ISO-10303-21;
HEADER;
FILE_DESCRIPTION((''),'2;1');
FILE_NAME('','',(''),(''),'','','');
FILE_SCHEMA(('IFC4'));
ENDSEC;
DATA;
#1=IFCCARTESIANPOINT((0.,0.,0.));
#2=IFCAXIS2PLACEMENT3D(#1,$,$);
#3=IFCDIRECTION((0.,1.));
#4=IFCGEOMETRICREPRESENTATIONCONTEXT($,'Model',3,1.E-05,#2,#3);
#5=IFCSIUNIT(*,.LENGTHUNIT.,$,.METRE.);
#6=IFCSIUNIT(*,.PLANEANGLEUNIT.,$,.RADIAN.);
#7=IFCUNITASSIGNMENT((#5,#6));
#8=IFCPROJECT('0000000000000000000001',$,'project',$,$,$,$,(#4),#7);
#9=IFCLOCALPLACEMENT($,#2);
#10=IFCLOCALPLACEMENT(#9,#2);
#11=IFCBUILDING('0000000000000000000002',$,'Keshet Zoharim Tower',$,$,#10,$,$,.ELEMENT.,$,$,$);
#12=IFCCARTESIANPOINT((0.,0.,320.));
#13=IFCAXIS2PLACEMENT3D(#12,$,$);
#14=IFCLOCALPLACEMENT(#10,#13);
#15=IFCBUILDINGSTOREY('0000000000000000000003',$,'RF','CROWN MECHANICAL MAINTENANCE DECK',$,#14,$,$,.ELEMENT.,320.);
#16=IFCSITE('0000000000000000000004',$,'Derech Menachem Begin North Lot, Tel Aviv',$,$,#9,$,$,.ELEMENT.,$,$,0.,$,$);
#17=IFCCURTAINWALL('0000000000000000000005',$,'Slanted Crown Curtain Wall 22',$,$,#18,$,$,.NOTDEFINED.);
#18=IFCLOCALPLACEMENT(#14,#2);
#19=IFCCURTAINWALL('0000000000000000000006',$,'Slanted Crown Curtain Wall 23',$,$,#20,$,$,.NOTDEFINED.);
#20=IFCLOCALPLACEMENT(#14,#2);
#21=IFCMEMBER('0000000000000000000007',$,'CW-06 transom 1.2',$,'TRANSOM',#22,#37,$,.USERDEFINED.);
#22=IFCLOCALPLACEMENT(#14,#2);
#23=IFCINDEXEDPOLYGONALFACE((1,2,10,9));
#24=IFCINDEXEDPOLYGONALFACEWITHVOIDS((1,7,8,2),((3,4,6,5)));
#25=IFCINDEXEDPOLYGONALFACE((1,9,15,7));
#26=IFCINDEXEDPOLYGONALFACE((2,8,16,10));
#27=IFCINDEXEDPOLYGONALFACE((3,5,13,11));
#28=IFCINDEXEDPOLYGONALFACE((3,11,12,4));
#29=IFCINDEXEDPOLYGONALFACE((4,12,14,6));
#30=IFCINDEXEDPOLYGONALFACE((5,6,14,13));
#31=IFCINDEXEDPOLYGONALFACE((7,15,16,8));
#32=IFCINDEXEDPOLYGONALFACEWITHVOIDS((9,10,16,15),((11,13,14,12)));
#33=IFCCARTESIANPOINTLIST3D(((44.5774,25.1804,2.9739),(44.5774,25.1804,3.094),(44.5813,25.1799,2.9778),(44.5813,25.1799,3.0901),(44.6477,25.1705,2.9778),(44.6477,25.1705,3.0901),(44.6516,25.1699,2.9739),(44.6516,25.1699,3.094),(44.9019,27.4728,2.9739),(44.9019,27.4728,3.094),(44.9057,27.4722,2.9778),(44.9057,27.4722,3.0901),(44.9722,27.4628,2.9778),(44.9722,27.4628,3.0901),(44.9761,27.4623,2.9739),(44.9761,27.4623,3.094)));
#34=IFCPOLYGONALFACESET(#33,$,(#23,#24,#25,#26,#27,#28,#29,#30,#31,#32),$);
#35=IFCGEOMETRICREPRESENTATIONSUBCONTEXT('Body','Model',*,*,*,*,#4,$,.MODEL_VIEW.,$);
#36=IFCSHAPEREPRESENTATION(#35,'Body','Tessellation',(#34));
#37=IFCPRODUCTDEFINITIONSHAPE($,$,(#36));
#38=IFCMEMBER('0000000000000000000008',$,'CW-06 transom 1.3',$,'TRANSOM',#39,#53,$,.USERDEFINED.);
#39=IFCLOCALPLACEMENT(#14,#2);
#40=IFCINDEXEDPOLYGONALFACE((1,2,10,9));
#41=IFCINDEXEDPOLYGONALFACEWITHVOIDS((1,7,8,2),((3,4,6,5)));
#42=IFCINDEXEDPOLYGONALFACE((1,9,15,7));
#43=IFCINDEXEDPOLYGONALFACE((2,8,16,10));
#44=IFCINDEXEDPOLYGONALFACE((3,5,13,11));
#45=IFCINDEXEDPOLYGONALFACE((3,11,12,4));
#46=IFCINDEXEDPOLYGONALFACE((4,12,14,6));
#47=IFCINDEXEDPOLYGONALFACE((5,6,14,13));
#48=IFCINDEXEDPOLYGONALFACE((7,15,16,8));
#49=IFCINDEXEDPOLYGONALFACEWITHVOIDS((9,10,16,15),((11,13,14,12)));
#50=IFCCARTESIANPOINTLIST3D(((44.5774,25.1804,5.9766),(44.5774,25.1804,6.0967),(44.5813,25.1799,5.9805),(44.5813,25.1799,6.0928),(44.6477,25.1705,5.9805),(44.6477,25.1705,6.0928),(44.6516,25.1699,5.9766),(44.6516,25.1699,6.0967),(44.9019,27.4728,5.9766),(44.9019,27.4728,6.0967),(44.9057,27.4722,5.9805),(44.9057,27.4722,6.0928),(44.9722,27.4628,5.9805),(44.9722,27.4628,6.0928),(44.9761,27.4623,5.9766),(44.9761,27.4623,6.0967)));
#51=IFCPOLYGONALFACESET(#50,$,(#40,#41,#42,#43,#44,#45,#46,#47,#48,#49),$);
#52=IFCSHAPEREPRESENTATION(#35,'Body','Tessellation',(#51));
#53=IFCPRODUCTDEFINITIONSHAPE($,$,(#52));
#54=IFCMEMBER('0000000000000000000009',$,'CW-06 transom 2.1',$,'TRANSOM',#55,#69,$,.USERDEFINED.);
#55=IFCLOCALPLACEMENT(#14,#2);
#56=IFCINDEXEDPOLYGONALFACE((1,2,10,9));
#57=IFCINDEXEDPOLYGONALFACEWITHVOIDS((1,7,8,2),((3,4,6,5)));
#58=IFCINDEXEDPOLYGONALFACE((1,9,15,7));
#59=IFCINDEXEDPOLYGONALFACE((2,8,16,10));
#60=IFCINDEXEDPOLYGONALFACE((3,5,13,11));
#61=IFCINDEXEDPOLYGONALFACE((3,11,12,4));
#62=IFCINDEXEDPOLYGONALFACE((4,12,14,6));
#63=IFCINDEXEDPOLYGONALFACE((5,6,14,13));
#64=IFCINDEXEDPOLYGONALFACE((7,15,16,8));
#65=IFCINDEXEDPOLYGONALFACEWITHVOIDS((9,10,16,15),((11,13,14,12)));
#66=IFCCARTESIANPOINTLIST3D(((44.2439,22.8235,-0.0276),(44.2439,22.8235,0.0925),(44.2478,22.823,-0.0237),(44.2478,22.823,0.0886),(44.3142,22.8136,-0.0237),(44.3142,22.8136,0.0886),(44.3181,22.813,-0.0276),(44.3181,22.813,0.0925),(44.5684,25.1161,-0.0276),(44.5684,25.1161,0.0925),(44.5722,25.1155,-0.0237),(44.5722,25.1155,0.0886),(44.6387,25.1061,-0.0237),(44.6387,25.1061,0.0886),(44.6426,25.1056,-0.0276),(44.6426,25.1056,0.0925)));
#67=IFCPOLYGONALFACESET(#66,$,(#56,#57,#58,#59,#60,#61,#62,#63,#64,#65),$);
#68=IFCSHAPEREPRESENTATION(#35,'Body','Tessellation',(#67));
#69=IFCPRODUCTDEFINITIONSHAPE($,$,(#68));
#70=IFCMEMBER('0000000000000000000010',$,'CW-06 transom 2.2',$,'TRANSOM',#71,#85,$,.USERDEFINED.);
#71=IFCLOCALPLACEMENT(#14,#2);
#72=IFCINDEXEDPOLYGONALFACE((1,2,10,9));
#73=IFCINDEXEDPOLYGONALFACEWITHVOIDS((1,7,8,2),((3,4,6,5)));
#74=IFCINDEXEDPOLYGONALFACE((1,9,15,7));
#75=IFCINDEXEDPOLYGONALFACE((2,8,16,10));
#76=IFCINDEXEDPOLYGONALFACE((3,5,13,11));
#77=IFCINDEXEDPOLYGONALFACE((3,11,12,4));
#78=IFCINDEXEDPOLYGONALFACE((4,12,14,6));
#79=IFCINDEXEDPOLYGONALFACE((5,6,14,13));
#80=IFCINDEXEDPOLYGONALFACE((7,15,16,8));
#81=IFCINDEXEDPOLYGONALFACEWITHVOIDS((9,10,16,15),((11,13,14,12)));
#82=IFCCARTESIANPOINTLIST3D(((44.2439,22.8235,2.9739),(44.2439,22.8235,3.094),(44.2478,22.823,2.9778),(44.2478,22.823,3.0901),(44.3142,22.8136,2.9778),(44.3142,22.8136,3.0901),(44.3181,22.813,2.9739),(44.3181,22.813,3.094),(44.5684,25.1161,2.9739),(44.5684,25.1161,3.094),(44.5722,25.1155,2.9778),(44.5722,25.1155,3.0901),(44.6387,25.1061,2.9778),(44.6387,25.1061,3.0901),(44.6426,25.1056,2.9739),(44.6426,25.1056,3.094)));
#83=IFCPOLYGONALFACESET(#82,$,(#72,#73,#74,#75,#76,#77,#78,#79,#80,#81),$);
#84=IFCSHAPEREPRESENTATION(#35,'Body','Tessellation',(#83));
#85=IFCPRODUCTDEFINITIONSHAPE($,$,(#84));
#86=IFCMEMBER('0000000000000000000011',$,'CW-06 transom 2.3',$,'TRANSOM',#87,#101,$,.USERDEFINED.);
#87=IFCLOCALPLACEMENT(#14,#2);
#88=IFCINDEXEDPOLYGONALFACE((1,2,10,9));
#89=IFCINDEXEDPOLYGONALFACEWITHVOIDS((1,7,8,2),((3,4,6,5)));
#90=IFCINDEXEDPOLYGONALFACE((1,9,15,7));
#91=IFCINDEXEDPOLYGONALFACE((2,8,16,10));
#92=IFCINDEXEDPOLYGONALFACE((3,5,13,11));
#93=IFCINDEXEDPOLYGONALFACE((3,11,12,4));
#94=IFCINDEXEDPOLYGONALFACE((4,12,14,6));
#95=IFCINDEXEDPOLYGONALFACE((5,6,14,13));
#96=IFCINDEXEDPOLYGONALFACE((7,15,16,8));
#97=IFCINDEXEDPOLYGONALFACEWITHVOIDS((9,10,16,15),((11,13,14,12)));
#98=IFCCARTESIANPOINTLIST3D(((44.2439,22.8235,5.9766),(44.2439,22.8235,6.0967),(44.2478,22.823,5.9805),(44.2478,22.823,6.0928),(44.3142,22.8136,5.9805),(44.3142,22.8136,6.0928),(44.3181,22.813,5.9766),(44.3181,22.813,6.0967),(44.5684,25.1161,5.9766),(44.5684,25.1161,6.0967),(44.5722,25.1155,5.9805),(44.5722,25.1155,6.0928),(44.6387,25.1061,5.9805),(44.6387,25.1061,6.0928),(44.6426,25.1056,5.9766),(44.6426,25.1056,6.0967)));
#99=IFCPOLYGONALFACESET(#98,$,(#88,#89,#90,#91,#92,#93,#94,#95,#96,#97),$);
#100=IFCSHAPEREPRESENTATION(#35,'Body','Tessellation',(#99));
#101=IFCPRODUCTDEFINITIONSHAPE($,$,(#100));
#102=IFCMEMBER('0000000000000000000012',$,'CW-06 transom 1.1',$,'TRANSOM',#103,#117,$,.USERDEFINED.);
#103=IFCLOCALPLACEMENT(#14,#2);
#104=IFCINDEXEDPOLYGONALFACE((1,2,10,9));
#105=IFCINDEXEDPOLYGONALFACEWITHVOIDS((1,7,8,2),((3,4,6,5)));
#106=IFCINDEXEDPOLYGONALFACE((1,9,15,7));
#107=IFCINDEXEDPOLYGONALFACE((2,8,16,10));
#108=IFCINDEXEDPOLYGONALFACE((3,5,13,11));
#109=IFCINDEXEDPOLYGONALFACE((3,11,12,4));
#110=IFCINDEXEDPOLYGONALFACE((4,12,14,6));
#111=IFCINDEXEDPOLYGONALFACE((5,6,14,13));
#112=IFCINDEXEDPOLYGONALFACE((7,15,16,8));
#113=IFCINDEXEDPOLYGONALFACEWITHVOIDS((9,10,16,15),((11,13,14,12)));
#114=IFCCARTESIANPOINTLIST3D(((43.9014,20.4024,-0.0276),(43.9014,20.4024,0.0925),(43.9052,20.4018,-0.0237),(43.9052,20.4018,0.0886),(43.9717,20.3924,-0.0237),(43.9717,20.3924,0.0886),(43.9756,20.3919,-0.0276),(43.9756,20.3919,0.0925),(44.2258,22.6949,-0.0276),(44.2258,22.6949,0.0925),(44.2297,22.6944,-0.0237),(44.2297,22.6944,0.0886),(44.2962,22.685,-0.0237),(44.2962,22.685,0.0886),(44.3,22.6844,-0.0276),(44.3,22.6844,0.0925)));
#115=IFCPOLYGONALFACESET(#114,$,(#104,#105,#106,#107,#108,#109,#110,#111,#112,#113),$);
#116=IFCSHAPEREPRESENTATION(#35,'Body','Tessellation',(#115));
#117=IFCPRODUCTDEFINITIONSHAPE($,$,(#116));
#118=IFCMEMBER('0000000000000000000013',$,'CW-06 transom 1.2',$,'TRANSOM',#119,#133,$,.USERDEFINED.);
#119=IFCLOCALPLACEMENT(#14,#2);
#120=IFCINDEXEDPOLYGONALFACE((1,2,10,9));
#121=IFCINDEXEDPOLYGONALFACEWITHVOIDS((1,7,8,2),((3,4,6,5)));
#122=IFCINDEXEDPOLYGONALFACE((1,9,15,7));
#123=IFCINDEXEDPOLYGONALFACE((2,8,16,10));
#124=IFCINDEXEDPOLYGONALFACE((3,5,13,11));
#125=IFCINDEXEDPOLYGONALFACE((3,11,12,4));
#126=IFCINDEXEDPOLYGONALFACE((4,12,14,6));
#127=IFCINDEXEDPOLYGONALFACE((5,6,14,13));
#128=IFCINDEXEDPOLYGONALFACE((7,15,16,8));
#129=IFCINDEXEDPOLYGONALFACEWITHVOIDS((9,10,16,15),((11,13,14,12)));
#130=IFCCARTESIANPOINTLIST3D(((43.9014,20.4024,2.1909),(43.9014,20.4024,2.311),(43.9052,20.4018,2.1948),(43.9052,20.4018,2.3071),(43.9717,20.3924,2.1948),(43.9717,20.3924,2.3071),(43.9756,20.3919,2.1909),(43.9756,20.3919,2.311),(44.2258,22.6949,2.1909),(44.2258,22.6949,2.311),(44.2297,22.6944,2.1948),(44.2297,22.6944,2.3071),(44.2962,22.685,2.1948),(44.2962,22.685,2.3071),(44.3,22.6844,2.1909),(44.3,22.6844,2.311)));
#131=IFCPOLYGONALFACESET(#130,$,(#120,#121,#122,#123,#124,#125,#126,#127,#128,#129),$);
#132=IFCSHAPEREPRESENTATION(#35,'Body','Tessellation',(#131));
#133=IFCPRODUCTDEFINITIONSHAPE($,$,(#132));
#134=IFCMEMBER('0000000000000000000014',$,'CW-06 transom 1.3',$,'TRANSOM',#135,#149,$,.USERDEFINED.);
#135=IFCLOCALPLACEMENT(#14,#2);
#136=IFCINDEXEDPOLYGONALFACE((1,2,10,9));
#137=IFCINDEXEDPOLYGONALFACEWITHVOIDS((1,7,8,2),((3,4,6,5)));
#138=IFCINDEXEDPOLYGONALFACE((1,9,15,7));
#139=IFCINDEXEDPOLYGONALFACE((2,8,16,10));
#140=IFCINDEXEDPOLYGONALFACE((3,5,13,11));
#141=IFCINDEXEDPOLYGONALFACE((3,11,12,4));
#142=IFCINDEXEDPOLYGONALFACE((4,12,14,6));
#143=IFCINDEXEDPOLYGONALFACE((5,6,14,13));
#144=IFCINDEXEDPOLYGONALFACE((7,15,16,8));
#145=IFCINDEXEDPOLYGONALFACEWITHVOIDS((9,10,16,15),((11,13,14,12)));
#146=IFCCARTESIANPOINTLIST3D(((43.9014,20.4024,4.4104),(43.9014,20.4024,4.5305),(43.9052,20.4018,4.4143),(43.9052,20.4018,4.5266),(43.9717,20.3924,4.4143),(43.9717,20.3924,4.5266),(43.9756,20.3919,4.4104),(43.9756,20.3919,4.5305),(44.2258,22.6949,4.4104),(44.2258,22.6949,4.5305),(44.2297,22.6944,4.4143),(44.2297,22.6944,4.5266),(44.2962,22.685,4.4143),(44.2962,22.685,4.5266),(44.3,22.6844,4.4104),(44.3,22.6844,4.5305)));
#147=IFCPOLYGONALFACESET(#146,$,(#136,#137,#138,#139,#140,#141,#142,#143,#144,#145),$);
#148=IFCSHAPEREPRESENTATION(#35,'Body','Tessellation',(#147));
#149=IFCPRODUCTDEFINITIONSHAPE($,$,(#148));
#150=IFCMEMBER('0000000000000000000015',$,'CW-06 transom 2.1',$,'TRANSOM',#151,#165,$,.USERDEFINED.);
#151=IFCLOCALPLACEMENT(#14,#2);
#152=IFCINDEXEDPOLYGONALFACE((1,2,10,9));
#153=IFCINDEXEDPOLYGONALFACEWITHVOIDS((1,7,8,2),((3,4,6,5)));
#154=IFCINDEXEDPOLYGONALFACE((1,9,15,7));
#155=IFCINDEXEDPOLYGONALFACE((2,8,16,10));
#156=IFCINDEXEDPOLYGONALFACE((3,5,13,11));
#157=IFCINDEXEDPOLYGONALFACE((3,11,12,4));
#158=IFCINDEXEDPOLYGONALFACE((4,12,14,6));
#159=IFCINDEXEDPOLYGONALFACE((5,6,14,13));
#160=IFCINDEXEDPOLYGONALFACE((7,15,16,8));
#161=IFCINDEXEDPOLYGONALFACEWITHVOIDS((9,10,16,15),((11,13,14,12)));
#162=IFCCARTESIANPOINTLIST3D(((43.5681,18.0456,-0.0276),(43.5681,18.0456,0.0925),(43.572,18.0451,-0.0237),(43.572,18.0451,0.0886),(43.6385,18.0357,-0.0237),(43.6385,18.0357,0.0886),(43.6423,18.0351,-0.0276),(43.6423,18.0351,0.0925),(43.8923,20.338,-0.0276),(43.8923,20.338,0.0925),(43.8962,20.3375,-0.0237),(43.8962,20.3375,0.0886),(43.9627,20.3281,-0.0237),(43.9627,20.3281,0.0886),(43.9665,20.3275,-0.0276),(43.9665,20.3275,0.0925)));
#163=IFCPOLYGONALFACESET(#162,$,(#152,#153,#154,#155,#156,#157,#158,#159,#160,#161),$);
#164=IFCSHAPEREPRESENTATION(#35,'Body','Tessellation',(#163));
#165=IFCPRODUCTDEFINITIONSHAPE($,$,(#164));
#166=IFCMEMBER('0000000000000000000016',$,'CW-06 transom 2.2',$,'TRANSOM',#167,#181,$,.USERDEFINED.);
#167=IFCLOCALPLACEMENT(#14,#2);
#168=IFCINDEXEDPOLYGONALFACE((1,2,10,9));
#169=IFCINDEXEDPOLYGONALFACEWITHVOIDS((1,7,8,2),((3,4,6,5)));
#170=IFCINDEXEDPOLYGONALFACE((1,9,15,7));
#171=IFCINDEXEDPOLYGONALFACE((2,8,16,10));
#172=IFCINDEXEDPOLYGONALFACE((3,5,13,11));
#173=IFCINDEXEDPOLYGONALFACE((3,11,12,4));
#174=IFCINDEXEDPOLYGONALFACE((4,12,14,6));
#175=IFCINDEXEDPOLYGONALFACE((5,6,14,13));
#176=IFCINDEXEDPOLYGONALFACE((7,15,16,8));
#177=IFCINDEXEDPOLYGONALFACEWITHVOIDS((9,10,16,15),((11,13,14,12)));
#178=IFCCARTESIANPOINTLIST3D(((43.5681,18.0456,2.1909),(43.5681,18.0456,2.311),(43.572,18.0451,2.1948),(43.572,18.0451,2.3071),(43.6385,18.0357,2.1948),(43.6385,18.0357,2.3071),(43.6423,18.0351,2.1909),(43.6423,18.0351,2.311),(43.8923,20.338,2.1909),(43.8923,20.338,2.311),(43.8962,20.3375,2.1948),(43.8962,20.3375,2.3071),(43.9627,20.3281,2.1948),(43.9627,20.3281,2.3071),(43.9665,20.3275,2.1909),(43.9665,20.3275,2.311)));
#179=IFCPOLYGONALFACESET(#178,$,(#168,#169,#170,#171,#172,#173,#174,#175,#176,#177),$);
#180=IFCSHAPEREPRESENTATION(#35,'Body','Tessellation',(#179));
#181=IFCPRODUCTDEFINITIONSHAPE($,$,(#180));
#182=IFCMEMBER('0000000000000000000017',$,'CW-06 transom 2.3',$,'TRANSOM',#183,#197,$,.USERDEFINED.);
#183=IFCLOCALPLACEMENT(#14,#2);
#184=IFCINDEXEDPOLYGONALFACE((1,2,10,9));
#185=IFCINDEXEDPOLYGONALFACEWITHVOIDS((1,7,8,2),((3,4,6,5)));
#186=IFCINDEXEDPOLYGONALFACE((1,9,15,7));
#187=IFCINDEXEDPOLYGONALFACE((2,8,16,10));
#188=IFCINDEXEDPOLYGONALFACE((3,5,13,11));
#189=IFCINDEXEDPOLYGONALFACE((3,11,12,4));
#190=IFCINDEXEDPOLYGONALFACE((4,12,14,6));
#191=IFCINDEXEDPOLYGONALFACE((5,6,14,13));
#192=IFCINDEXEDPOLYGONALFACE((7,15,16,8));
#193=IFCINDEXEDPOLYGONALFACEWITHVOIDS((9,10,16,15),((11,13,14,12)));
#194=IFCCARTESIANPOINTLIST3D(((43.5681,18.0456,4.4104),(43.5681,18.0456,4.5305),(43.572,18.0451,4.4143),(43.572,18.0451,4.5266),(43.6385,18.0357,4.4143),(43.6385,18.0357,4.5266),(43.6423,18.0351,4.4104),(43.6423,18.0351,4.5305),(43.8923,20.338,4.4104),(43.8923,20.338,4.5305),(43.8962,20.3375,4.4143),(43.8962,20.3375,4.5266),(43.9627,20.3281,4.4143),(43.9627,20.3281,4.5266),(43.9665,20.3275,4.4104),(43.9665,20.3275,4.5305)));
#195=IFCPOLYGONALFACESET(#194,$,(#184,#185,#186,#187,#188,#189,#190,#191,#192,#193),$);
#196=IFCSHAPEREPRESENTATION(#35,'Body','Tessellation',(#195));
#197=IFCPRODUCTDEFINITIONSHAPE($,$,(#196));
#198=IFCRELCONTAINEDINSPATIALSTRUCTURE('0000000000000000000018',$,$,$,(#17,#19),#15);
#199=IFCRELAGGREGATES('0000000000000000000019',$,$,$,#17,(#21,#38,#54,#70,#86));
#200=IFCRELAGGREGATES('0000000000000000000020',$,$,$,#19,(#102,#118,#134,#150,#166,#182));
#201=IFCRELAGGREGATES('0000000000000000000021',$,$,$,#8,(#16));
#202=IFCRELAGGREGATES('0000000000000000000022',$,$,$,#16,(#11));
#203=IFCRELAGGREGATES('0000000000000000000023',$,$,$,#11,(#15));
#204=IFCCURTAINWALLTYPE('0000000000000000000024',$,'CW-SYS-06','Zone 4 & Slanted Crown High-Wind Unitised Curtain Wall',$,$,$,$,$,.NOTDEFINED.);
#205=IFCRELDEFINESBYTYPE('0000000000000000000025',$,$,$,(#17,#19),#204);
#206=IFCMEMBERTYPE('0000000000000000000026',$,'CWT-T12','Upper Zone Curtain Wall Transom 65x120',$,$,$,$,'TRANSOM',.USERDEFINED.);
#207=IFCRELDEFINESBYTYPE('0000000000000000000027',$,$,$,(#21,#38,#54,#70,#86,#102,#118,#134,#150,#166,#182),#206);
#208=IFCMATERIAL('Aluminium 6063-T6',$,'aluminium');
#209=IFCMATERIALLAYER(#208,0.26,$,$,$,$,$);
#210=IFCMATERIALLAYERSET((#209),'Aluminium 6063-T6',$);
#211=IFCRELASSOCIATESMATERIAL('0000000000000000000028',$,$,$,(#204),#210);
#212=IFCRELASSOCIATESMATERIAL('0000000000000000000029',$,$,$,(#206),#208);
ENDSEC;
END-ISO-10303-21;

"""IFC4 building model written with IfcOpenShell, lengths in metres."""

from ifc_helpers import new_model, si_unit, direction, frame, origin, origin_2d, place, context, subcontext, project, spatial, hollow_rectangle, extrude, material, layer, layer_set, material_profile, profile_set, type_object, element, aggregate, save


model = new_model("IFC4")

# Units and contexts
model_context = context("Model", 3, precision=1e-05, world=origin(), true_north=direction((0.0, 1.0)))
body_context = subcontext(model_context, "Body", "Model", "MODEL_VIEW")
ifc_project = project(units=[si_unit("LENGTHUNIT", "METRE"), si_unit("PLANEANGLEUNIT", "RADIAN")], contexts=[model_context])

# Site, building, storey
site_placement = place(None, origin())
site = spatial("IfcSite", under=ifc_project, at=site_placement, Name="Derech Menachem Begin North Lot, Tel Aviv", CompositionType="ELEMENT", RefElevation=0.0)
building_placement = place(site_placement, origin())
building = spatial("IfcBuilding", under=site, at=building_placement, Name="Keshet Zoharim Tower", CompositionType="ELEMENT")
storey_placement = place(building_placement, frame((0.0, 0.0, 320.0)))
storey = spatial("IfcBuildingStorey", under=building, at=storey_placement, Name="RF", Description="CROWN MECHANICAL MAINTENANCE DECK", CompositionType="ELEMENT", Elevation=320.0)

# Curtain walls
ifc_material_1 = material(Name="Aluminium 6063-T6", Category="aluminium")
ifc_layer_1 = layer(ifc_material_1, 0.26)
ifc_layer_set_1 = layer_set([ifc_layer_1], Name="Aluminium 6063-T6")
curtain_wall_type = type_object("IfcCurtainWallType", Name="CW-SYS-06", Description="Zone 4 & Slanted Crown High-Wind Unitised Curtain Wall", PredefinedType="NOTDEFINED", material=ifc_layer_set_1)
curtain_wall_1_placement = place(storey_placement, origin())
curtain_wall_1 = element("IfcCurtainWall", 1, at=curtain_wall_1_placement, inside=storey, type_object=curtain_wall_type, Name="Slanted Crown Curtain Wall 22", PredefinedType="NOTDEFINED")
curtain_wall_2_placement = place(storey_placement, origin())
curtain_wall_2 = element("IfcCurtainWall", 2, at=curtain_wall_2_placement, inside=storey, type_object=curtain_wall_type, Name="Slanted Crown Curtain Wall 23", PredefinedType="NOTDEFINED")

# Members
ifc_material_profile_1 = material_profile(ifc_material_1, hollow_rectangle(XDim=0.075, YDim=0.1201, WallThickness=0.0039, at=origin_2d()), Name="TRN-75x120")
ifc_profile_set_1 = profile_set([ifc_material_profile_1], Name="Aluminium 6063-T6")
member_type_1 = type_object("IfcMemberType", Name="CWT-T12", Description="Upper Zone Curtain Wall Transom 65x120", ElementType="TRANSOM", PredefinedType="USERDEFINED", material=ifc_profile_set_1)
member_1_placement = place(storey_placement, frame((44.939, 27.4675, 3.0339), z_axis=(-0.140152, -0.99013, 0.0), x_axis=(0.99013, -0.140152, 0.0)))
member_1 = element("IfcMember", 3, at=member_1_placement, type_object=member_type_1, Name="CW-06 transom 1.2", ObjectType="TRANSOM", PredefinedType="USERDEFINED", context=body_context, shape_type="SweptSolid", body=[
    extrude(hollow_rectangle(XDim=0.075, YDim=0.1201, WallThickness=0.0039, at=origin_2d()), origin(), (0.0, 0.0, 1.0), 2.3152),
])
member_2_placement = place(storey_placement, frame((44.939, 27.4675, 6.0366), z_axis=(-0.140152, -0.99013, 0.0), x_axis=(0.99013, -0.140152, 0.0)))
member_2 = element("IfcMember", 4, at=member_2_placement, type_object=member_type_1, Name="CW-06 transom 1.3", ObjectType="TRANSOM", PredefinedType="USERDEFINED", context=body_context, shape_type="SweptSolid", body=[
    extrude(hollow_rectangle(XDim=0.075, YDim=0.1201, WallThickness=0.0039, at=origin_2d()), origin(), (0.0, 0.0, 1.0), 2.3152),
])
member_3_placement = place(storey_placement, frame((44.6055, 25.1108, 0.0325), z_axis=(-0.140137, -0.990132, 0.0), x_axis=(0.990132, -0.140137, 0.0)))
member_3 = element("IfcMember", 5, at=member_3_placement, type_object=member_type_1, Name="CW-06 transom 2.1", ObjectType="TRANSOM", PredefinedType="USERDEFINED", context=body_context, shape_type="SweptSolid", body=[
    extrude(hollow_rectangle(XDim=0.075, YDim=0.1201, WallThickness=0.0039, at=origin_2d()), origin(), (0.0, 0.0, 1.0), 2.3154),
])
member_4_placement = place(storey_placement, frame((44.6055, 25.1108, 3.0339), z_axis=(-0.140137, -0.990132, 0.0), x_axis=(0.990132, -0.140137, 0.0)))
member_4 = element("IfcMember", 6, at=member_4_placement, type_object=member_type_1, Name="CW-06 transom 2.2", ObjectType="TRANSOM", PredefinedType="USERDEFINED", context=body_context, shape_type="SweptSolid", body=[
    extrude(hollow_rectangle(XDim=0.075, YDim=0.1201, WallThickness=0.0039, at=origin_2d()), origin(), (0.0, 0.0, 1.0), 2.3154),
])
member_5_placement = place(storey_placement, frame((44.6055, 25.1108, 6.0366), z_axis=(-0.140137, -0.990132, 0.0), x_axis=(0.990132, -0.140137, 0.0)))
member_5 = element("IfcMember", 7, at=member_5_placement, type_object=member_type_1, Name="CW-06 transom 2.3", ObjectType="TRANSOM", PredefinedType="USERDEFINED", context=body_context, shape_type="SweptSolid", body=[
    extrude(hollow_rectangle(XDim=0.075, YDim=0.1201, WallThickness=0.0039, at=origin_2d()), origin(), (0.0, 0.0, 1.0), 2.3154),
])
member_6_placement = place(storey_placement, frame((44.2629, 22.6897, 0.0325), z_axis=(-0.140137, -0.990132, 0.0), x_axis=(0.990132, -0.140137, 0.0)))
member_6 = element("IfcMember", 8, at=member_6_placement, type_object=member_type_1, Name="CW-06 transom 1.1", ObjectType="TRANSOM", PredefinedType="USERDEFINED", context=body_context, shape_type="SweptSolid", body=[
    extrude(hollow_rectangle(XDim=0.075, YDim=0.1201, WallThickness=0.0039, at=origin_2d()), origin(), (0.0, 0.0, 1.0), 2.3154),
])
member_7_placement = place(storey_placement, frame((44.2629, 22.6897, 2.251), z_axis=(-0.140137, -0.990132, 0.0), x_axis=(0.990132, -0.140137, 0.0)))
member_7 = element("IfcMember", 9, at=member_7_placement, type_object=member_type_1, Name="CW-06 transom 1.2", ObjectType="TRANSOM", PredefinedType="USERDEFINED", context=body_context, shape_type="SweptSolid", body=[
    extrude(hollow_rectangle(XDim=0.075, YDim=0.1201, WallThickness=0.0039, at=origin_2d()), origin(), (0.0, 0.0, 1.0), 2.3154),
])
member_8_placement = place(storey_placement, frame((44.2629, 22.6897, 4.4705), z_axis=(-0.140137, -0.990132, 0.0), x_axis=(0.990132, -0.140137, 0.0)))
member_8 = element("IfcMember", 10, at=member_8_placement, type_object=member_type_1, Name="CW-06 transom 1.3", ObjectType="TRANSOM", PredefinedType="USERDEFINED", context=body_context, shape_type="SweptSolid", body=[
    extrude(hollow_rectangle(XDim=0.075, YDim=0.1201, WallThickness=0.0039, at=origin_2d()), origin(), (0.0, 0.0, 1.0), 2.3154),
])
member_9_placement = place(storey_placement, frame((43.9294, 20.3328, 0.0325), z_axis=(-0.140034, -0.990147, 0.0), x_axis=(0.990147, -0.140034, 0.0)))
member_9 = element("IfcMember", 11, at=member_9_placement, type_object=member_type_1, Name="CW-06 transom 2.1", ObjectType="TRANSOM", PredefinedType="USERDEFINED", context=body_context, shape_type="SweptSolid", body=[
    extrude(hollow_rectangle(XDim=0.075, YDim=0.1201, WallThickness=0.0039, at=origin_2d()), origin(), (0.0, 0.0, 1.0), 2.3152),
])
member_10_placement = place(storey_placement, frame((43.9294, 20.3328, 2.251), z_axis=(-0.140034, -0.990147, 0.0), x_axis=(0.990147, -0.140034, 0.0)))
member_10 = element("IfcMember", 12, at=member_10_placement, type_object=member_type_1, Name="CW-06 transom 2.2", ObjectType="TRANSOM", PredefinedType="USERDEFINED", context=body_context, shape_type="SweptSolid", body=[
    extrude(hollow_rectangle(XDim=0.075, YDim=0.1201, WallThickness=0.0039, at=origin_2d()), origin(), (0.0, 0.0, 1.0), 2.3152),
])
member_11_placement = place(storey_placement, frame((43.9294, 20.3328, 4.4705), z_axis=(-0.140034, -0.990147, 0.0), x_axis=(0.990147, -0.140034, 0.0)))
member_11 = element("IfcMember", 13, at=member_11_placement, type_object=member_type_1, Name="CW-06 transom 2.3", ObjectType="TRANSOM", PredefinedType="USERDEFINED", context=body_context, shape_type="SweptSolid", body=[
    extrude(hollow_rectangle(XDim=0.075, YDim=0.1201, WallThickness=0.0039, at=origin_2d()), origin(), (0.0, 0.0, 1.0), 2.3152),
])

aggregate(curtain_wall_1, [member_1, member_2, member_3, member_4, member_5])
aggregate(curtain_wall_2, [member_6, member_7, member_8, member_9, member_10, member_11])

save(model, "model.ifc")
